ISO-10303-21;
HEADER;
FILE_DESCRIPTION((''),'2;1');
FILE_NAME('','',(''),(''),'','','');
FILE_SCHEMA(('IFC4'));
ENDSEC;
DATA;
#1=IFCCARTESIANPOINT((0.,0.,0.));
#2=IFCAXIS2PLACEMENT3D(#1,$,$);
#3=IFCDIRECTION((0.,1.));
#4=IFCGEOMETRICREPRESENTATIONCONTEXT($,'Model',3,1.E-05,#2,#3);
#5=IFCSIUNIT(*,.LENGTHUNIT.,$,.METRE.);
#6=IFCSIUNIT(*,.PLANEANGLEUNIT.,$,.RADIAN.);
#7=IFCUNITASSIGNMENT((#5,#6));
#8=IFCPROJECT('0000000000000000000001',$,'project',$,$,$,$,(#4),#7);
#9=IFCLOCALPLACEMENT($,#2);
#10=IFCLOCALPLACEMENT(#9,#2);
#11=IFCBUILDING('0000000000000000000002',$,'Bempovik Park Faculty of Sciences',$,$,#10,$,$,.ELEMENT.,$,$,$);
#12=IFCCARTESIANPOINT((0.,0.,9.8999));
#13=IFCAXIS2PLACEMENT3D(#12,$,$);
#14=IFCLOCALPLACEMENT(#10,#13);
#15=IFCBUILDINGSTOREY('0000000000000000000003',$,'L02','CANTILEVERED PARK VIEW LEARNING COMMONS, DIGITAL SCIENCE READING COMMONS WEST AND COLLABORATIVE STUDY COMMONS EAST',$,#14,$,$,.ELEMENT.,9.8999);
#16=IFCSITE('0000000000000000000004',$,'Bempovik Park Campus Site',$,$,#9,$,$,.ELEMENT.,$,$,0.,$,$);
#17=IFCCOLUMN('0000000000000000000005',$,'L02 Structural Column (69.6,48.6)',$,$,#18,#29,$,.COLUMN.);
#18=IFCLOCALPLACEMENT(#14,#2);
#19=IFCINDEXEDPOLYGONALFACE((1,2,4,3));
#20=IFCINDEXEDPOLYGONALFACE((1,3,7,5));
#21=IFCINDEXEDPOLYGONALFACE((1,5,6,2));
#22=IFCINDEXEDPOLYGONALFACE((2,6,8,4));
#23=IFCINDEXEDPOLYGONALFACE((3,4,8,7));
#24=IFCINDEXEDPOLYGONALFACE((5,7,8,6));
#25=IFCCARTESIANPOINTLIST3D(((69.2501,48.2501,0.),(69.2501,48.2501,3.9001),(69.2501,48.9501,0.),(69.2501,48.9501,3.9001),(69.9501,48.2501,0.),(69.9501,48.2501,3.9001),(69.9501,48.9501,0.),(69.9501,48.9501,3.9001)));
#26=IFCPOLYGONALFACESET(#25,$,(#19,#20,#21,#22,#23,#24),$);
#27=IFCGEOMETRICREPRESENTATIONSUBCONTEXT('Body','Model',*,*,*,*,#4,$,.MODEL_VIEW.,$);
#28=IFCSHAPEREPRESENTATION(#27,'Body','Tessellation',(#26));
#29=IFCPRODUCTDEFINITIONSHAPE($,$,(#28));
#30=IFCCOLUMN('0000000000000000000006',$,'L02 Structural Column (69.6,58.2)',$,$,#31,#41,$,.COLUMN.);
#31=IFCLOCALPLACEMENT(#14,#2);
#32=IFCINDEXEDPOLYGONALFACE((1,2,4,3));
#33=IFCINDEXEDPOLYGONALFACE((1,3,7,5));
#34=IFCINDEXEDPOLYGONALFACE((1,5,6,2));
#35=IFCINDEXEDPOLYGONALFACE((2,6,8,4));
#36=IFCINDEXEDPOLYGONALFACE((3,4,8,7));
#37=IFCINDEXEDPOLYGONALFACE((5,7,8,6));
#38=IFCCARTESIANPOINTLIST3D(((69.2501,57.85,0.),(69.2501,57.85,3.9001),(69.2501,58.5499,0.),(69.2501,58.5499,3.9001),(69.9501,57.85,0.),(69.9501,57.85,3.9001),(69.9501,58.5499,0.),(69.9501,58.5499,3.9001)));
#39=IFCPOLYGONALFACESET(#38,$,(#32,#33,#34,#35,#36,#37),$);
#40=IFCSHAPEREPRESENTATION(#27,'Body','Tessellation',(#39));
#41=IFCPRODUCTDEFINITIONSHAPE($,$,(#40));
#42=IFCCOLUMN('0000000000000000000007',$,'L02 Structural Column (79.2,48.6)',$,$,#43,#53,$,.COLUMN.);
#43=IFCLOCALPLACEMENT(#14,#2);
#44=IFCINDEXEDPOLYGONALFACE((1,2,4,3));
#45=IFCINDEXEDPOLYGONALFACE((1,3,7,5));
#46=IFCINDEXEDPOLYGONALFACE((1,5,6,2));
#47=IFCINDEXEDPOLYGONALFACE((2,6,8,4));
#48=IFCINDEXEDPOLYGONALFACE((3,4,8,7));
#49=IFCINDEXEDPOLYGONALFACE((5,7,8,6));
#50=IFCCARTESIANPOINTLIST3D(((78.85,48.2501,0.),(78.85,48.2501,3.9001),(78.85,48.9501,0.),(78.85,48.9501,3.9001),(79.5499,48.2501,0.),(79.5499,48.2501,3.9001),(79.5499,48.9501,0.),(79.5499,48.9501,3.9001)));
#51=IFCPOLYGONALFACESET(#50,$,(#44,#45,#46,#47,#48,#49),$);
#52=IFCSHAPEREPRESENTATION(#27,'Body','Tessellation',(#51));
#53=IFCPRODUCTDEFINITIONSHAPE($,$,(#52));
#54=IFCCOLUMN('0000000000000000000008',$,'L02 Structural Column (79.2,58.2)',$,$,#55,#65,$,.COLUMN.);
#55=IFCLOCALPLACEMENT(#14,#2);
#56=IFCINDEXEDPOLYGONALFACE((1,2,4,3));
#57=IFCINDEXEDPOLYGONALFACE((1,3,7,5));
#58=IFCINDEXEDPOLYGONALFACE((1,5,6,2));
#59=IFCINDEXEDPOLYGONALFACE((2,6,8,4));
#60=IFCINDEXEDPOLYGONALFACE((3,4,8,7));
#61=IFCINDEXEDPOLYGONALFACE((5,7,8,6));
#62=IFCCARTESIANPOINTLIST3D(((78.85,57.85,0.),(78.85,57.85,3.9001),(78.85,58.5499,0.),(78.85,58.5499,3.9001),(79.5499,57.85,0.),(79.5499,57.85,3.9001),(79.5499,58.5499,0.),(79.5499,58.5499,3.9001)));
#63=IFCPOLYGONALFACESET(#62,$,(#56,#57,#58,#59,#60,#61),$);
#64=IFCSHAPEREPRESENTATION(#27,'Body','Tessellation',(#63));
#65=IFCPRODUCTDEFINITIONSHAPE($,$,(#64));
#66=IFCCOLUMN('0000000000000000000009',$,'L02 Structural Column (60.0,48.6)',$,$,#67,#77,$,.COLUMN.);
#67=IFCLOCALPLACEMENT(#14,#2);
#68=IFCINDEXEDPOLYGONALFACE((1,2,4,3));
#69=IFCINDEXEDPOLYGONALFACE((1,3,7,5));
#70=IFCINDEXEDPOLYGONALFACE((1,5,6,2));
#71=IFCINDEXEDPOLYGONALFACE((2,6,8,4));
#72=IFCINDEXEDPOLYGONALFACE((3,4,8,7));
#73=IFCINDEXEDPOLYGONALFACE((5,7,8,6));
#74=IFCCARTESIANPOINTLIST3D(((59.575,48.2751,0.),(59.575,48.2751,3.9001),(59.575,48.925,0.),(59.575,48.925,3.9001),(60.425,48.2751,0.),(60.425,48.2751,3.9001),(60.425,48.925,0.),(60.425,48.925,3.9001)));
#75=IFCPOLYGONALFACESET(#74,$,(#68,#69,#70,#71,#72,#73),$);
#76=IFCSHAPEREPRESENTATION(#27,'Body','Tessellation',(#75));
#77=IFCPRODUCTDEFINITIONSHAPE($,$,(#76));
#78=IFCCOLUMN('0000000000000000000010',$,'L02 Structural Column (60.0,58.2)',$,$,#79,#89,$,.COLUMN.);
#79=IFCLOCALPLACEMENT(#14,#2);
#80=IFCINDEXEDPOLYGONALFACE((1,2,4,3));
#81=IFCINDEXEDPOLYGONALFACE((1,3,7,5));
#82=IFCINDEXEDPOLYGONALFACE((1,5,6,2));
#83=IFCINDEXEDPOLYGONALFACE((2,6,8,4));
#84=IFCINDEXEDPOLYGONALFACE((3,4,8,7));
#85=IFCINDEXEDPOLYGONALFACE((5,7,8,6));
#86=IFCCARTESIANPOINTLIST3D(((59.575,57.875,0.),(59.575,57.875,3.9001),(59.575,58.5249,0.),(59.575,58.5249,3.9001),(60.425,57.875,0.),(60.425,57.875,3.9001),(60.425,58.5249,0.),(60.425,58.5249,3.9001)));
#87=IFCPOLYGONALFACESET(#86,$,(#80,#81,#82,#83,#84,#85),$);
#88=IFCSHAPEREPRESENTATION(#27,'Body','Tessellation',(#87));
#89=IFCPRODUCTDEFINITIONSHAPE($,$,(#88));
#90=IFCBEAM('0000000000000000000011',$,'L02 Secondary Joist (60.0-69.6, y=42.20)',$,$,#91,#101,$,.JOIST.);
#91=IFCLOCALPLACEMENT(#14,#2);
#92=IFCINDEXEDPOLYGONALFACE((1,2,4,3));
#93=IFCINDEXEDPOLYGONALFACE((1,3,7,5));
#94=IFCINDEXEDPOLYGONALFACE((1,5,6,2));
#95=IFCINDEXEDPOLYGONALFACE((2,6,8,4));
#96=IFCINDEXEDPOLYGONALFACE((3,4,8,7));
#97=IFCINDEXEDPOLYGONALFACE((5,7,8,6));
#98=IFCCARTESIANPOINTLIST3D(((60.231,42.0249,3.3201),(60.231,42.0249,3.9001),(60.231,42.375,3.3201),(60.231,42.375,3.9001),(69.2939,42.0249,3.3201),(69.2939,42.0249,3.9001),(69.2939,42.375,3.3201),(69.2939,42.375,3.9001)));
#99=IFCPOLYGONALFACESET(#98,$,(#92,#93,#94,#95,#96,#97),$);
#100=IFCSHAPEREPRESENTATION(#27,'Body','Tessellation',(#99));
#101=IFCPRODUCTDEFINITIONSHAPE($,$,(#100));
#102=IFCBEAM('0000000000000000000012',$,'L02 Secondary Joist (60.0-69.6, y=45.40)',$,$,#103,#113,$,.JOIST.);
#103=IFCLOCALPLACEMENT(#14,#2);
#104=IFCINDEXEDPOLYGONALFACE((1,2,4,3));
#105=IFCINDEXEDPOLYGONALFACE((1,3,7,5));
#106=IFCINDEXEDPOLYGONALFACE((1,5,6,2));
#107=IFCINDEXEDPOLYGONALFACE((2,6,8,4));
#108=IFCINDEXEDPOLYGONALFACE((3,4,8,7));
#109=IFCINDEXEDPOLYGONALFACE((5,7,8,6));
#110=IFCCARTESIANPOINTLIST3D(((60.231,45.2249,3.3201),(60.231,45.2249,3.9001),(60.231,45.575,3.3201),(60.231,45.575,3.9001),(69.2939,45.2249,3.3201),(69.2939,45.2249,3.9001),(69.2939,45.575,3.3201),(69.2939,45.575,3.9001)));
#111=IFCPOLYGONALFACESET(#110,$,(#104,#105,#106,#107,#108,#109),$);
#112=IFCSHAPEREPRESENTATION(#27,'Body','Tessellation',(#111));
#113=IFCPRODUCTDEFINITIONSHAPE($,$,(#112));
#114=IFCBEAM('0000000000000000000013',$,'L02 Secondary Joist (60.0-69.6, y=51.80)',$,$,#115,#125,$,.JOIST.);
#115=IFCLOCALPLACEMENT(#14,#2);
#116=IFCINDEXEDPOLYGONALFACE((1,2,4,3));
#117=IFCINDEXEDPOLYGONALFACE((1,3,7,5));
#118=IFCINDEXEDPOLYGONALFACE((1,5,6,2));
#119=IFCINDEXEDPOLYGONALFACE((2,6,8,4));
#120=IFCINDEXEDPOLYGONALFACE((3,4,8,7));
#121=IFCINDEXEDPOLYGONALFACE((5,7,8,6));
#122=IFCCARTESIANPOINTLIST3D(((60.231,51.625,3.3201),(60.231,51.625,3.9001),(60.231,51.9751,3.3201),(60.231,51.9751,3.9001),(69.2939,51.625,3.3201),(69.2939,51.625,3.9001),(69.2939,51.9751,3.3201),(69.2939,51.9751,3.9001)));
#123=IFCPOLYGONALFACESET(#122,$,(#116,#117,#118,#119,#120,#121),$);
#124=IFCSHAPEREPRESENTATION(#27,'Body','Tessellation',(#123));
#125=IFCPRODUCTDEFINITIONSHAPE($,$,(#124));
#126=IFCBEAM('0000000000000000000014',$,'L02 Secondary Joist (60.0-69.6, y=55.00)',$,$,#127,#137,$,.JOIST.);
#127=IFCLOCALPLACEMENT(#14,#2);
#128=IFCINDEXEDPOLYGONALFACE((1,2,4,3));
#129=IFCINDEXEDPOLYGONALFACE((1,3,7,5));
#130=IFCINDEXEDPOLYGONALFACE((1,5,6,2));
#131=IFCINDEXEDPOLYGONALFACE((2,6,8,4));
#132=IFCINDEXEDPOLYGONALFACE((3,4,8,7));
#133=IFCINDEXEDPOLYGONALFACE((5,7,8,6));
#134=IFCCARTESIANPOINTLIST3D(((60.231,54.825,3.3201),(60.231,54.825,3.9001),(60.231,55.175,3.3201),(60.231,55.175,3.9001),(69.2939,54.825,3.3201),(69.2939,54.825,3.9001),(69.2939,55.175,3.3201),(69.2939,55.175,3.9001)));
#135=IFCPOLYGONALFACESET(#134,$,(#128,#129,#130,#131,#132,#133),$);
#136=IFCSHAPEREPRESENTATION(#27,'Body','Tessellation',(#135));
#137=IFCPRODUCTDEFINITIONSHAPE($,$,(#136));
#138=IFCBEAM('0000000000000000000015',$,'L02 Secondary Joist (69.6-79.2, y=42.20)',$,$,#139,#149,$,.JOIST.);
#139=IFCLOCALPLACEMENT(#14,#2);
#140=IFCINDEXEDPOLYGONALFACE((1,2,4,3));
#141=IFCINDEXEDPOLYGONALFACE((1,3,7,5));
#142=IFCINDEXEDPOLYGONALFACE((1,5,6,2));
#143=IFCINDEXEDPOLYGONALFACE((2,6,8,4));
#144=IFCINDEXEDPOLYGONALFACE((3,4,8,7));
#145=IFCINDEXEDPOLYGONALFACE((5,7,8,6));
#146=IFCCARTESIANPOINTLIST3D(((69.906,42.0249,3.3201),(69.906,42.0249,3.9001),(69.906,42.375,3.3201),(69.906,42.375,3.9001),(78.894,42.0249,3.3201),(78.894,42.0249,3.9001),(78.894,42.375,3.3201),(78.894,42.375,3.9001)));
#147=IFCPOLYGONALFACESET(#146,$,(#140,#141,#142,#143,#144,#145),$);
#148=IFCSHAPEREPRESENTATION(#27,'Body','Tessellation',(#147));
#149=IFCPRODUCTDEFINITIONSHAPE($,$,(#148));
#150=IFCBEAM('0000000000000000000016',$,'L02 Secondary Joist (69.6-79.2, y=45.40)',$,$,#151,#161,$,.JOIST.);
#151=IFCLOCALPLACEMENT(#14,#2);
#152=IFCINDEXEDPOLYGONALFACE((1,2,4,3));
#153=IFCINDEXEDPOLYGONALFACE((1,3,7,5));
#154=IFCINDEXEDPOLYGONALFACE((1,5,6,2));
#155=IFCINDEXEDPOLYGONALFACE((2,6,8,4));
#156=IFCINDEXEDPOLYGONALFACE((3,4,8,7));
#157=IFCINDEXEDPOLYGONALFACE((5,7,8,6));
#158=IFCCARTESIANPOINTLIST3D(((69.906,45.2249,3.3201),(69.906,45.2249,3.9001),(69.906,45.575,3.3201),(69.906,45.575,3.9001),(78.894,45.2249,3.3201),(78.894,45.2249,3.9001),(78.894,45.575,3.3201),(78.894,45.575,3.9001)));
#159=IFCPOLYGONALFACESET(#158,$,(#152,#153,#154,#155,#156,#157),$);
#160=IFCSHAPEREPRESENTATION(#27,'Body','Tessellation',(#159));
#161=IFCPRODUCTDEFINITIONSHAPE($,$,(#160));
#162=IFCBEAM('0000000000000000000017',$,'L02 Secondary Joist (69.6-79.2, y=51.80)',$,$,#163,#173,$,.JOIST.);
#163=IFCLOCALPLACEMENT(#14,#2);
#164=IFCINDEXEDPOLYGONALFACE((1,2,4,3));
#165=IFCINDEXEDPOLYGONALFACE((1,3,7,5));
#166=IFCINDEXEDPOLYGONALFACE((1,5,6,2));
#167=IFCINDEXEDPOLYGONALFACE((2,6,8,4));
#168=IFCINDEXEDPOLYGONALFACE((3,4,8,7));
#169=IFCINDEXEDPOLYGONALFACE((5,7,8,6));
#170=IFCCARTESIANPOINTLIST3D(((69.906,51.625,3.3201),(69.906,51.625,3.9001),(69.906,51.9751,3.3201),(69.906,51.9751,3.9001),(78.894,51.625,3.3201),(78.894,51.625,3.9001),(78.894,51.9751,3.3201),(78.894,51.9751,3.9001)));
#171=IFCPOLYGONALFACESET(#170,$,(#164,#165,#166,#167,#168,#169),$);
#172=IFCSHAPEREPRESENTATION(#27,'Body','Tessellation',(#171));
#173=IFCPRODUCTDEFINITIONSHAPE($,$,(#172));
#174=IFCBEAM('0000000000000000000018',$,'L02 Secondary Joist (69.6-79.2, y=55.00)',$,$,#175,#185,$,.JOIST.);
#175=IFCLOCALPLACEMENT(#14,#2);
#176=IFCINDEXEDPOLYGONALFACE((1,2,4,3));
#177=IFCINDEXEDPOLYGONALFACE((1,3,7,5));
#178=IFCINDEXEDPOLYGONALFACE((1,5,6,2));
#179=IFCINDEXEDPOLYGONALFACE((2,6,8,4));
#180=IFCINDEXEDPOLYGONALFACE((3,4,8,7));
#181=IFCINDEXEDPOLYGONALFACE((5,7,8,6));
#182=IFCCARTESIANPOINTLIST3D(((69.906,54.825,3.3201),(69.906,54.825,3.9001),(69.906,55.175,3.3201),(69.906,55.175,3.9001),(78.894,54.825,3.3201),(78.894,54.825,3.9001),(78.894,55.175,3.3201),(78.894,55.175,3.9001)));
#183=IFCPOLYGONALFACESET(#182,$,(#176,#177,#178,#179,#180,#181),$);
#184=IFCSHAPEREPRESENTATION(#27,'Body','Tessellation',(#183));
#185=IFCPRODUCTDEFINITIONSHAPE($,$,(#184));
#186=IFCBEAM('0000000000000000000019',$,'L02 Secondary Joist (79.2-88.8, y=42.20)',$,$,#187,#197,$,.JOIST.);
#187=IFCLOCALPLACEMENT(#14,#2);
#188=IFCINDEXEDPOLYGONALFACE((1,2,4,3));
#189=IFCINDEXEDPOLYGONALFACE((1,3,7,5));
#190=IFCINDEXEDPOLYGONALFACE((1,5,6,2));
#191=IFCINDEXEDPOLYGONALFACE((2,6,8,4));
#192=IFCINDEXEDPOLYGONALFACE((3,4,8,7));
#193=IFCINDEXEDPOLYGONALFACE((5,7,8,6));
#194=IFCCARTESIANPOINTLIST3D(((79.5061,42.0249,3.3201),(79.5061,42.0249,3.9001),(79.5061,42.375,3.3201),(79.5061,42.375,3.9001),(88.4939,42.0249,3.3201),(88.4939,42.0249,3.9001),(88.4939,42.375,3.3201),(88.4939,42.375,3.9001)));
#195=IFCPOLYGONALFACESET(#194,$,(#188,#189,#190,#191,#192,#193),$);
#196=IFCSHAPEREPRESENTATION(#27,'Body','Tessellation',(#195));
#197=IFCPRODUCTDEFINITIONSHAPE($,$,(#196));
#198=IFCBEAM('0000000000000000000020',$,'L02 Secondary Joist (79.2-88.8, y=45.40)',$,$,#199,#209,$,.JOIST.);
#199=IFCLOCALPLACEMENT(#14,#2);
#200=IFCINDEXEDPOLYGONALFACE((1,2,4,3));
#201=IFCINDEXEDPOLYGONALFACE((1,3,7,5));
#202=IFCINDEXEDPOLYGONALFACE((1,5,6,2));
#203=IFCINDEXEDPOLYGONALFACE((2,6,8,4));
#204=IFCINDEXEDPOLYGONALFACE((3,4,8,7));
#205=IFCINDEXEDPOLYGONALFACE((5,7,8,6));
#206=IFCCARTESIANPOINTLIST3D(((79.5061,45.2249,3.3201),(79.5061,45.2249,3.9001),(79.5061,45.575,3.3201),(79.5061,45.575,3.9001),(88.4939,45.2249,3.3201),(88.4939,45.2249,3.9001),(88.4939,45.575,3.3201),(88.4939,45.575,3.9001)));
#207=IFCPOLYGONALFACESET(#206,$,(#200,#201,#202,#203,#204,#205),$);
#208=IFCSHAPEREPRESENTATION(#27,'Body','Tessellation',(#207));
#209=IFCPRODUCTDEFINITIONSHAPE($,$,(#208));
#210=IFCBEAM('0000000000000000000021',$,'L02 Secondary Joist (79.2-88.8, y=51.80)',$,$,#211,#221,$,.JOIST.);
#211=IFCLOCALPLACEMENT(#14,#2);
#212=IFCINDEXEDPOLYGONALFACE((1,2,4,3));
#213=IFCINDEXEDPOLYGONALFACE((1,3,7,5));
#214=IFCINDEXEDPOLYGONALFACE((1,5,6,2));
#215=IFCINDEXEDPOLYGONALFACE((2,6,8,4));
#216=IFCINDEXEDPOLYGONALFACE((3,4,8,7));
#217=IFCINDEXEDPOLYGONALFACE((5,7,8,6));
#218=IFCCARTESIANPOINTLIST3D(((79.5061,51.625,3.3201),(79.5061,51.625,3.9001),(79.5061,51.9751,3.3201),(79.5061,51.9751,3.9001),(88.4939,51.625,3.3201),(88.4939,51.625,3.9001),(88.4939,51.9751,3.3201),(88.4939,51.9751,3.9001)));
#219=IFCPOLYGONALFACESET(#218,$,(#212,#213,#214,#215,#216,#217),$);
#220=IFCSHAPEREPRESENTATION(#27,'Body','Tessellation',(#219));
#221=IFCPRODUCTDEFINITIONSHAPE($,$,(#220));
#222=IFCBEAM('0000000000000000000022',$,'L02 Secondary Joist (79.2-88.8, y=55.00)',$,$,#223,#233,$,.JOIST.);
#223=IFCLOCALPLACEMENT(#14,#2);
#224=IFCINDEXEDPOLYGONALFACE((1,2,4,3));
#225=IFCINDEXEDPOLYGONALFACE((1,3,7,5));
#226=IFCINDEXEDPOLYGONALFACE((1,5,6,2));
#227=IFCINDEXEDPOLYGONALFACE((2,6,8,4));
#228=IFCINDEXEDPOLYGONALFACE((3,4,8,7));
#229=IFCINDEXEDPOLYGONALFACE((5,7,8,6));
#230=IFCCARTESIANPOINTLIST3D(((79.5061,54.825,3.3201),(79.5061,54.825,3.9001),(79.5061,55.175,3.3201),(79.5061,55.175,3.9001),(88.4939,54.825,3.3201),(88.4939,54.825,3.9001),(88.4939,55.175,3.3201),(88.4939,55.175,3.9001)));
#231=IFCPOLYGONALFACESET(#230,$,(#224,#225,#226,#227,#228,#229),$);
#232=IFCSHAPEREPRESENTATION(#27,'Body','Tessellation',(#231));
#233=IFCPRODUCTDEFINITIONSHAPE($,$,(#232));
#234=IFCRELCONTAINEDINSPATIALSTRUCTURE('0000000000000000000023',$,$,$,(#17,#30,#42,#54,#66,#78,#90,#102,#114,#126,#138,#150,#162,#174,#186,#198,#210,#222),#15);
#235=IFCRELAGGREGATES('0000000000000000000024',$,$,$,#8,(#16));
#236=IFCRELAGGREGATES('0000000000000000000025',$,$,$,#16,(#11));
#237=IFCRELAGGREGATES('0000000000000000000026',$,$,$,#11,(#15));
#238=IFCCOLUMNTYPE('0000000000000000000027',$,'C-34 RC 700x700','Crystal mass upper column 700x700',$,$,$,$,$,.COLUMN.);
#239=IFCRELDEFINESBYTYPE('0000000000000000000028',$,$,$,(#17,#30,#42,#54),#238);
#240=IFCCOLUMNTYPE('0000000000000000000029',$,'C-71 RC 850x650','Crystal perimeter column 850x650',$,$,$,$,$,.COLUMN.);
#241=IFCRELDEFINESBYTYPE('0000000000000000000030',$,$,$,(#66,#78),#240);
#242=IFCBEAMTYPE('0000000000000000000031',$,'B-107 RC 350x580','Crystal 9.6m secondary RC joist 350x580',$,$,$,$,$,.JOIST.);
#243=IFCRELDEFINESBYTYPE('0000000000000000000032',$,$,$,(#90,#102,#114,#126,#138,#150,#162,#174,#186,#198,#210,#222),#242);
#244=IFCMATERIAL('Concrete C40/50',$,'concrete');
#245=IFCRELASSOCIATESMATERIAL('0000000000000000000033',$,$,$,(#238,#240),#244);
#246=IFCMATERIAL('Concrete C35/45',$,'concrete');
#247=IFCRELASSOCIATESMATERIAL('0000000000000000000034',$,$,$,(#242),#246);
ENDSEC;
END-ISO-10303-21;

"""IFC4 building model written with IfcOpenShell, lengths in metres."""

from ifc_helpers import new_model, si_unit, direction, frame, origin, origin_2d, place, context, subcontext, project, spatial, rectangle, extrude, material, material_profile, profile_set, type_object, element, save


model = new_model("IFC4")

# Units and contexts
model_context = context("Model", 3, precision=1e-05, world=origin(), true_north=direction((0.0, 1.0)))
body_context = subcontext(model_context, "Body", "Model", "MODEL_VIEW")
ifc_project = project(units=[si_unit("LENGTHUNIT", "METRE"), si_unit("PLANEANGLEUNIT", "RADIAN")], contexts=[model_context])

# Site, building, storey
site_placement = place(None, origin())
site = spatial("IfcSite", under=ifc_project, at=site_placement, Name="Bempovik Park Campus Site", CompositionType="ELEMENT", RefElevation=0.0)
building_placement = place(site_placement, origin())
building = spatial("IfcBuilding", under=site, at=building_placement, Name="Bempovik Park Faculty of Sciences", CompositionType="ELEMENT")
storey_placement = place(building_placement, frame((0.0, 0.0, 9.8999)))
storey = spatial("IfcBuildingStorey", under=building, at=storey_placement, Name="L02", Description="CANTILEVERED PARK VIEW LEARNING COMMONS, DIGITAL SCIENCE READING COMMONS WEST AND COLLABORATIVE STUDY COMMONS EAST", CompositionType="ELEMENT", Elevation=9.8999)

# Columns
ifc_material_1 = material(Name="Concrete C40/50", Category="concrete")
ifc_material_profile_1 = material_profile(ifc_material_1, rectangle(XDim=0.7, YDim=0.7, at=origin_2d()), Name="RC 700x700")
ifc_profile_set_1 = profile_set([ifc_material_profile_1], Name="Concrete C40/50")
column_type_1 = type_object("IfcColumnType", Name="C-34 RC 700x700", Description="Crystal mass upper column 700x700", PredefinedType="COLUMN", material=ifc_profile_set_1)
for number, where, z_axis, x_axis, name in (
    (1, (69.6001, 48.6001, 0.0), (0.0, 0.0, 1.0), (1.0, 0.0, 0.0), "L02 Structural Column (69.6,48.6)"),
    (2, (69.6001, 58.2, 0.0), (0.0, 0.0, 1.0), (1.0, 0.0, 0.0), "L02 Structural Column (69.6,58.2)"),
    (3, (79.2, 48.6001, 0.0), (0.0, 0.0, 1.0), (1.0, 0.0, 0.0), "L02 Structural Column (79.2,48.6)"),
    (4, (79.2, 58.2, 0.0), (0.0, 0.0, 1.0), (1.0, 0.0, 0.0), "L02 Structural Column (79.2,58.2)"),
):
    element("IfcColumn", number, at=place(storey_placement, frame(where, z_axis=z_axis, x_axis=x_axis)), inside=storey, type_object=column_type_1, Name=name, PredefinedType="COLUMN", context=body_context, shape_type="SweptSolid", body=[
        extrude(rectangle(XDim=0.7, YDim=0.7, at=origin_2d()), origin(), (0.0, 0.0, 1.0), 3.9001),
    ])
ifc_material_profile_2 = material_profile(ifc_material_1, rectangle(XDim=0.8501, YDim=0.6499, at=origin_2d()), Name="RC 850x650")
ifc_profile_set_2 = profile_set([ifc_material_profile_2], Name="Concrete C40/50")
column_type_2 = type_object("IfcColumnType", Name="C-71 RC 850x650", Description="Crystal perimeter column 850x650", PredefinedType="COLUMN", material=ifc_profile_set_2)
for number, where, z_axis, x_axis, name in (
    (5, (60.0, 48.6001, 0.0), (0.0, 0.0, 1.0), (1.0, 0.0, 0.0), "L02 Structural Column (60.0,48.6)"),
    (6, (60.0, 58.2, 0.0), (0.0, 0.0, 1.0), (1.0, 0.0, 0.0), "L02 Structural Column (60.0,58.2)"),
):
    element("IfcColumn", number, at=place(storey_placement, frame(where, z_axis=z_axis, x_axis=x_axis)), inside=storey, type_object=column_type_2, Name=name, PredefinedType="COLUMN", context=body_context, shape_type="SweptSolid", body=[
        extrude(rectangle(XDim=0.8501, YDim=0.6499, at=origin_2d()), origin(), (0.0, 0.0, 1.0), 3.9001),
    ])

# Beams
ifc_material_2 = material(Name="Concrete C35/45", Category="concrete")
ifc_material_profile_3 = material_profile(ifc_material_2, rectangle(XDim=0.3501, YDim=0.5801, at=origin_2d()), Name="RC 350x580")
ifc_profile_set_3 = profile_set([ifc_material_profile_3], Name="Concrete C35/45")
beam_type_1 = type_object("IfcBeamType", Name="B-107 RC 350x580", Description="Crystal 9.6m secondary RC joist 350x580", PredefinedType="JOIST", material=ifc_profile_set_3)
for number, where, z_axis, x_axis, name in (
    (7, (60.231, 42.2, 3.6101), (1.0, 0.0, 0.0), (0.0, 1.0, 0.0), "L02 Secondary Joist (60.0-69.6, y=42.20)"),
    (8, (60.231, 45.3999, 3.6101), (1.0, 0.0, 0.0), (0.0, 1.0, 0.0), "L02 Secondary Joist (60.0-69.6, y=45.40)"),
    (9, (60.231, 51.8, 3.6101), (1.0, 0.0, 0.0), (0.0, 1.0, 0.0), "L02 Secondary Joist (60.0-69.6, y=51.80)"),
    (10, (60.231, 55.0, 3.6101), (1.0, 0.0, 0.0), (0.0, 1.0, 0.0), "L02 Secondary Joist (60.0-69.6, y=55.00)"),
):
    element("IfcBeam", number, at=place(storey_placement, frame(where, z_axis=z_axis, x_axis=x_axis)), inside=storey, type_object=beam_type_1, Name=name, PredefinedType="JOIST", context=body_context, shape_type="SweptSolid", body=[
        extrude(rectangle(XDim=0.3501, YDim=0.5801, at=origin_2d()), origin(), (0.0, 0.0, 1.0), 9.063),
    ])
for number, where, z_axis, x_axis, name in (
    (11, (69.906, 42.2, 3.6101), (1.0, 0.0, 0.0), (0.0, 1.0, 0.0), "L02 Secondary Joist (69.6-79.2, y=42.20)"),
    (12, (69.906, 45.3999, 3.6101), (1.0, 0.0, 0.0), (0.0, 1.0, 0.0), "L02 Secondary Joist (69.6-79.2, y=45.40)"),
    (13, (69.906, 51.8, 3.6101), (1.0, 0.0, 0.0), (0.0, 1.0, 0.0), "L02 Secondary Joist (69.6-79.2, y=51.80)"),
    (14, (69.906, 55.0, 3.6101), (1.0, 0.0, 0.0), (0.0, 1.0, 0.0), "L02 Secondary Joist (69.6-79.2, y=55.00)"),
):
    element("IfcBeam", number, at=place(storey_placement, frame(where, z_axis=z_axis, x_axis=x_axis)), inside=storey, type_object=beam_type_1, Name=name, PredefinedType="JOIST", context=body_context, shape_type="SweptSolid", body=[
        extrude(rectangle(XDim=0.3501, YDim=0.5801, at=origin_2d()), origin(), (0.0, 0.0, 1.0), 8.988),
    ])
for number, where, z_axis, x_axis, name in (
    (15, (79.5061, 42.2, 3.6101), (1.0, 0.0, 0.0), (0.0, 1.0, 0.0), "L02 Secondary Joist (79.2-88.8, y=42.20)"),
    (16, (79.5061, 45.3999, 3.6101), (1.0, 0.0, 0.0), (0.0, 1.0, 0.0), "L02 Secondary Joist (79.2-88.8, y=45.40)"),
    (17, (79.5061, 51.8, 3.6101), (1.0, 0.0, 0.0), (0.0, 1.0, 0.0), "L02 Secondary Joist (79.2-88.8, y=51.80)"),
    (18, (79.5061, 55.0, 3.6101), (1.0, 0.0, 0.0), (0.0, 1.0, 0.0), "L02 Secondary Joist (79.2-88.8, y=55.00)"),
):
    element("IfcBeam", number, at=place(storey_placement, frame(where, z_axis=z_axis, x_axis=x_axis)), inside=storey, type_object=beam_type_1, Name=name, PredefinedType="JOIST", context=body_context, shape_type="SweptSolid", body=[
        extrude(rectangle(XDim=0.3501, YDim=0.5801, at=origin_2d()), origin(), (0.0, 0.0, 1.0), 8.9878),
    ])

save(model, "model.ifc")
